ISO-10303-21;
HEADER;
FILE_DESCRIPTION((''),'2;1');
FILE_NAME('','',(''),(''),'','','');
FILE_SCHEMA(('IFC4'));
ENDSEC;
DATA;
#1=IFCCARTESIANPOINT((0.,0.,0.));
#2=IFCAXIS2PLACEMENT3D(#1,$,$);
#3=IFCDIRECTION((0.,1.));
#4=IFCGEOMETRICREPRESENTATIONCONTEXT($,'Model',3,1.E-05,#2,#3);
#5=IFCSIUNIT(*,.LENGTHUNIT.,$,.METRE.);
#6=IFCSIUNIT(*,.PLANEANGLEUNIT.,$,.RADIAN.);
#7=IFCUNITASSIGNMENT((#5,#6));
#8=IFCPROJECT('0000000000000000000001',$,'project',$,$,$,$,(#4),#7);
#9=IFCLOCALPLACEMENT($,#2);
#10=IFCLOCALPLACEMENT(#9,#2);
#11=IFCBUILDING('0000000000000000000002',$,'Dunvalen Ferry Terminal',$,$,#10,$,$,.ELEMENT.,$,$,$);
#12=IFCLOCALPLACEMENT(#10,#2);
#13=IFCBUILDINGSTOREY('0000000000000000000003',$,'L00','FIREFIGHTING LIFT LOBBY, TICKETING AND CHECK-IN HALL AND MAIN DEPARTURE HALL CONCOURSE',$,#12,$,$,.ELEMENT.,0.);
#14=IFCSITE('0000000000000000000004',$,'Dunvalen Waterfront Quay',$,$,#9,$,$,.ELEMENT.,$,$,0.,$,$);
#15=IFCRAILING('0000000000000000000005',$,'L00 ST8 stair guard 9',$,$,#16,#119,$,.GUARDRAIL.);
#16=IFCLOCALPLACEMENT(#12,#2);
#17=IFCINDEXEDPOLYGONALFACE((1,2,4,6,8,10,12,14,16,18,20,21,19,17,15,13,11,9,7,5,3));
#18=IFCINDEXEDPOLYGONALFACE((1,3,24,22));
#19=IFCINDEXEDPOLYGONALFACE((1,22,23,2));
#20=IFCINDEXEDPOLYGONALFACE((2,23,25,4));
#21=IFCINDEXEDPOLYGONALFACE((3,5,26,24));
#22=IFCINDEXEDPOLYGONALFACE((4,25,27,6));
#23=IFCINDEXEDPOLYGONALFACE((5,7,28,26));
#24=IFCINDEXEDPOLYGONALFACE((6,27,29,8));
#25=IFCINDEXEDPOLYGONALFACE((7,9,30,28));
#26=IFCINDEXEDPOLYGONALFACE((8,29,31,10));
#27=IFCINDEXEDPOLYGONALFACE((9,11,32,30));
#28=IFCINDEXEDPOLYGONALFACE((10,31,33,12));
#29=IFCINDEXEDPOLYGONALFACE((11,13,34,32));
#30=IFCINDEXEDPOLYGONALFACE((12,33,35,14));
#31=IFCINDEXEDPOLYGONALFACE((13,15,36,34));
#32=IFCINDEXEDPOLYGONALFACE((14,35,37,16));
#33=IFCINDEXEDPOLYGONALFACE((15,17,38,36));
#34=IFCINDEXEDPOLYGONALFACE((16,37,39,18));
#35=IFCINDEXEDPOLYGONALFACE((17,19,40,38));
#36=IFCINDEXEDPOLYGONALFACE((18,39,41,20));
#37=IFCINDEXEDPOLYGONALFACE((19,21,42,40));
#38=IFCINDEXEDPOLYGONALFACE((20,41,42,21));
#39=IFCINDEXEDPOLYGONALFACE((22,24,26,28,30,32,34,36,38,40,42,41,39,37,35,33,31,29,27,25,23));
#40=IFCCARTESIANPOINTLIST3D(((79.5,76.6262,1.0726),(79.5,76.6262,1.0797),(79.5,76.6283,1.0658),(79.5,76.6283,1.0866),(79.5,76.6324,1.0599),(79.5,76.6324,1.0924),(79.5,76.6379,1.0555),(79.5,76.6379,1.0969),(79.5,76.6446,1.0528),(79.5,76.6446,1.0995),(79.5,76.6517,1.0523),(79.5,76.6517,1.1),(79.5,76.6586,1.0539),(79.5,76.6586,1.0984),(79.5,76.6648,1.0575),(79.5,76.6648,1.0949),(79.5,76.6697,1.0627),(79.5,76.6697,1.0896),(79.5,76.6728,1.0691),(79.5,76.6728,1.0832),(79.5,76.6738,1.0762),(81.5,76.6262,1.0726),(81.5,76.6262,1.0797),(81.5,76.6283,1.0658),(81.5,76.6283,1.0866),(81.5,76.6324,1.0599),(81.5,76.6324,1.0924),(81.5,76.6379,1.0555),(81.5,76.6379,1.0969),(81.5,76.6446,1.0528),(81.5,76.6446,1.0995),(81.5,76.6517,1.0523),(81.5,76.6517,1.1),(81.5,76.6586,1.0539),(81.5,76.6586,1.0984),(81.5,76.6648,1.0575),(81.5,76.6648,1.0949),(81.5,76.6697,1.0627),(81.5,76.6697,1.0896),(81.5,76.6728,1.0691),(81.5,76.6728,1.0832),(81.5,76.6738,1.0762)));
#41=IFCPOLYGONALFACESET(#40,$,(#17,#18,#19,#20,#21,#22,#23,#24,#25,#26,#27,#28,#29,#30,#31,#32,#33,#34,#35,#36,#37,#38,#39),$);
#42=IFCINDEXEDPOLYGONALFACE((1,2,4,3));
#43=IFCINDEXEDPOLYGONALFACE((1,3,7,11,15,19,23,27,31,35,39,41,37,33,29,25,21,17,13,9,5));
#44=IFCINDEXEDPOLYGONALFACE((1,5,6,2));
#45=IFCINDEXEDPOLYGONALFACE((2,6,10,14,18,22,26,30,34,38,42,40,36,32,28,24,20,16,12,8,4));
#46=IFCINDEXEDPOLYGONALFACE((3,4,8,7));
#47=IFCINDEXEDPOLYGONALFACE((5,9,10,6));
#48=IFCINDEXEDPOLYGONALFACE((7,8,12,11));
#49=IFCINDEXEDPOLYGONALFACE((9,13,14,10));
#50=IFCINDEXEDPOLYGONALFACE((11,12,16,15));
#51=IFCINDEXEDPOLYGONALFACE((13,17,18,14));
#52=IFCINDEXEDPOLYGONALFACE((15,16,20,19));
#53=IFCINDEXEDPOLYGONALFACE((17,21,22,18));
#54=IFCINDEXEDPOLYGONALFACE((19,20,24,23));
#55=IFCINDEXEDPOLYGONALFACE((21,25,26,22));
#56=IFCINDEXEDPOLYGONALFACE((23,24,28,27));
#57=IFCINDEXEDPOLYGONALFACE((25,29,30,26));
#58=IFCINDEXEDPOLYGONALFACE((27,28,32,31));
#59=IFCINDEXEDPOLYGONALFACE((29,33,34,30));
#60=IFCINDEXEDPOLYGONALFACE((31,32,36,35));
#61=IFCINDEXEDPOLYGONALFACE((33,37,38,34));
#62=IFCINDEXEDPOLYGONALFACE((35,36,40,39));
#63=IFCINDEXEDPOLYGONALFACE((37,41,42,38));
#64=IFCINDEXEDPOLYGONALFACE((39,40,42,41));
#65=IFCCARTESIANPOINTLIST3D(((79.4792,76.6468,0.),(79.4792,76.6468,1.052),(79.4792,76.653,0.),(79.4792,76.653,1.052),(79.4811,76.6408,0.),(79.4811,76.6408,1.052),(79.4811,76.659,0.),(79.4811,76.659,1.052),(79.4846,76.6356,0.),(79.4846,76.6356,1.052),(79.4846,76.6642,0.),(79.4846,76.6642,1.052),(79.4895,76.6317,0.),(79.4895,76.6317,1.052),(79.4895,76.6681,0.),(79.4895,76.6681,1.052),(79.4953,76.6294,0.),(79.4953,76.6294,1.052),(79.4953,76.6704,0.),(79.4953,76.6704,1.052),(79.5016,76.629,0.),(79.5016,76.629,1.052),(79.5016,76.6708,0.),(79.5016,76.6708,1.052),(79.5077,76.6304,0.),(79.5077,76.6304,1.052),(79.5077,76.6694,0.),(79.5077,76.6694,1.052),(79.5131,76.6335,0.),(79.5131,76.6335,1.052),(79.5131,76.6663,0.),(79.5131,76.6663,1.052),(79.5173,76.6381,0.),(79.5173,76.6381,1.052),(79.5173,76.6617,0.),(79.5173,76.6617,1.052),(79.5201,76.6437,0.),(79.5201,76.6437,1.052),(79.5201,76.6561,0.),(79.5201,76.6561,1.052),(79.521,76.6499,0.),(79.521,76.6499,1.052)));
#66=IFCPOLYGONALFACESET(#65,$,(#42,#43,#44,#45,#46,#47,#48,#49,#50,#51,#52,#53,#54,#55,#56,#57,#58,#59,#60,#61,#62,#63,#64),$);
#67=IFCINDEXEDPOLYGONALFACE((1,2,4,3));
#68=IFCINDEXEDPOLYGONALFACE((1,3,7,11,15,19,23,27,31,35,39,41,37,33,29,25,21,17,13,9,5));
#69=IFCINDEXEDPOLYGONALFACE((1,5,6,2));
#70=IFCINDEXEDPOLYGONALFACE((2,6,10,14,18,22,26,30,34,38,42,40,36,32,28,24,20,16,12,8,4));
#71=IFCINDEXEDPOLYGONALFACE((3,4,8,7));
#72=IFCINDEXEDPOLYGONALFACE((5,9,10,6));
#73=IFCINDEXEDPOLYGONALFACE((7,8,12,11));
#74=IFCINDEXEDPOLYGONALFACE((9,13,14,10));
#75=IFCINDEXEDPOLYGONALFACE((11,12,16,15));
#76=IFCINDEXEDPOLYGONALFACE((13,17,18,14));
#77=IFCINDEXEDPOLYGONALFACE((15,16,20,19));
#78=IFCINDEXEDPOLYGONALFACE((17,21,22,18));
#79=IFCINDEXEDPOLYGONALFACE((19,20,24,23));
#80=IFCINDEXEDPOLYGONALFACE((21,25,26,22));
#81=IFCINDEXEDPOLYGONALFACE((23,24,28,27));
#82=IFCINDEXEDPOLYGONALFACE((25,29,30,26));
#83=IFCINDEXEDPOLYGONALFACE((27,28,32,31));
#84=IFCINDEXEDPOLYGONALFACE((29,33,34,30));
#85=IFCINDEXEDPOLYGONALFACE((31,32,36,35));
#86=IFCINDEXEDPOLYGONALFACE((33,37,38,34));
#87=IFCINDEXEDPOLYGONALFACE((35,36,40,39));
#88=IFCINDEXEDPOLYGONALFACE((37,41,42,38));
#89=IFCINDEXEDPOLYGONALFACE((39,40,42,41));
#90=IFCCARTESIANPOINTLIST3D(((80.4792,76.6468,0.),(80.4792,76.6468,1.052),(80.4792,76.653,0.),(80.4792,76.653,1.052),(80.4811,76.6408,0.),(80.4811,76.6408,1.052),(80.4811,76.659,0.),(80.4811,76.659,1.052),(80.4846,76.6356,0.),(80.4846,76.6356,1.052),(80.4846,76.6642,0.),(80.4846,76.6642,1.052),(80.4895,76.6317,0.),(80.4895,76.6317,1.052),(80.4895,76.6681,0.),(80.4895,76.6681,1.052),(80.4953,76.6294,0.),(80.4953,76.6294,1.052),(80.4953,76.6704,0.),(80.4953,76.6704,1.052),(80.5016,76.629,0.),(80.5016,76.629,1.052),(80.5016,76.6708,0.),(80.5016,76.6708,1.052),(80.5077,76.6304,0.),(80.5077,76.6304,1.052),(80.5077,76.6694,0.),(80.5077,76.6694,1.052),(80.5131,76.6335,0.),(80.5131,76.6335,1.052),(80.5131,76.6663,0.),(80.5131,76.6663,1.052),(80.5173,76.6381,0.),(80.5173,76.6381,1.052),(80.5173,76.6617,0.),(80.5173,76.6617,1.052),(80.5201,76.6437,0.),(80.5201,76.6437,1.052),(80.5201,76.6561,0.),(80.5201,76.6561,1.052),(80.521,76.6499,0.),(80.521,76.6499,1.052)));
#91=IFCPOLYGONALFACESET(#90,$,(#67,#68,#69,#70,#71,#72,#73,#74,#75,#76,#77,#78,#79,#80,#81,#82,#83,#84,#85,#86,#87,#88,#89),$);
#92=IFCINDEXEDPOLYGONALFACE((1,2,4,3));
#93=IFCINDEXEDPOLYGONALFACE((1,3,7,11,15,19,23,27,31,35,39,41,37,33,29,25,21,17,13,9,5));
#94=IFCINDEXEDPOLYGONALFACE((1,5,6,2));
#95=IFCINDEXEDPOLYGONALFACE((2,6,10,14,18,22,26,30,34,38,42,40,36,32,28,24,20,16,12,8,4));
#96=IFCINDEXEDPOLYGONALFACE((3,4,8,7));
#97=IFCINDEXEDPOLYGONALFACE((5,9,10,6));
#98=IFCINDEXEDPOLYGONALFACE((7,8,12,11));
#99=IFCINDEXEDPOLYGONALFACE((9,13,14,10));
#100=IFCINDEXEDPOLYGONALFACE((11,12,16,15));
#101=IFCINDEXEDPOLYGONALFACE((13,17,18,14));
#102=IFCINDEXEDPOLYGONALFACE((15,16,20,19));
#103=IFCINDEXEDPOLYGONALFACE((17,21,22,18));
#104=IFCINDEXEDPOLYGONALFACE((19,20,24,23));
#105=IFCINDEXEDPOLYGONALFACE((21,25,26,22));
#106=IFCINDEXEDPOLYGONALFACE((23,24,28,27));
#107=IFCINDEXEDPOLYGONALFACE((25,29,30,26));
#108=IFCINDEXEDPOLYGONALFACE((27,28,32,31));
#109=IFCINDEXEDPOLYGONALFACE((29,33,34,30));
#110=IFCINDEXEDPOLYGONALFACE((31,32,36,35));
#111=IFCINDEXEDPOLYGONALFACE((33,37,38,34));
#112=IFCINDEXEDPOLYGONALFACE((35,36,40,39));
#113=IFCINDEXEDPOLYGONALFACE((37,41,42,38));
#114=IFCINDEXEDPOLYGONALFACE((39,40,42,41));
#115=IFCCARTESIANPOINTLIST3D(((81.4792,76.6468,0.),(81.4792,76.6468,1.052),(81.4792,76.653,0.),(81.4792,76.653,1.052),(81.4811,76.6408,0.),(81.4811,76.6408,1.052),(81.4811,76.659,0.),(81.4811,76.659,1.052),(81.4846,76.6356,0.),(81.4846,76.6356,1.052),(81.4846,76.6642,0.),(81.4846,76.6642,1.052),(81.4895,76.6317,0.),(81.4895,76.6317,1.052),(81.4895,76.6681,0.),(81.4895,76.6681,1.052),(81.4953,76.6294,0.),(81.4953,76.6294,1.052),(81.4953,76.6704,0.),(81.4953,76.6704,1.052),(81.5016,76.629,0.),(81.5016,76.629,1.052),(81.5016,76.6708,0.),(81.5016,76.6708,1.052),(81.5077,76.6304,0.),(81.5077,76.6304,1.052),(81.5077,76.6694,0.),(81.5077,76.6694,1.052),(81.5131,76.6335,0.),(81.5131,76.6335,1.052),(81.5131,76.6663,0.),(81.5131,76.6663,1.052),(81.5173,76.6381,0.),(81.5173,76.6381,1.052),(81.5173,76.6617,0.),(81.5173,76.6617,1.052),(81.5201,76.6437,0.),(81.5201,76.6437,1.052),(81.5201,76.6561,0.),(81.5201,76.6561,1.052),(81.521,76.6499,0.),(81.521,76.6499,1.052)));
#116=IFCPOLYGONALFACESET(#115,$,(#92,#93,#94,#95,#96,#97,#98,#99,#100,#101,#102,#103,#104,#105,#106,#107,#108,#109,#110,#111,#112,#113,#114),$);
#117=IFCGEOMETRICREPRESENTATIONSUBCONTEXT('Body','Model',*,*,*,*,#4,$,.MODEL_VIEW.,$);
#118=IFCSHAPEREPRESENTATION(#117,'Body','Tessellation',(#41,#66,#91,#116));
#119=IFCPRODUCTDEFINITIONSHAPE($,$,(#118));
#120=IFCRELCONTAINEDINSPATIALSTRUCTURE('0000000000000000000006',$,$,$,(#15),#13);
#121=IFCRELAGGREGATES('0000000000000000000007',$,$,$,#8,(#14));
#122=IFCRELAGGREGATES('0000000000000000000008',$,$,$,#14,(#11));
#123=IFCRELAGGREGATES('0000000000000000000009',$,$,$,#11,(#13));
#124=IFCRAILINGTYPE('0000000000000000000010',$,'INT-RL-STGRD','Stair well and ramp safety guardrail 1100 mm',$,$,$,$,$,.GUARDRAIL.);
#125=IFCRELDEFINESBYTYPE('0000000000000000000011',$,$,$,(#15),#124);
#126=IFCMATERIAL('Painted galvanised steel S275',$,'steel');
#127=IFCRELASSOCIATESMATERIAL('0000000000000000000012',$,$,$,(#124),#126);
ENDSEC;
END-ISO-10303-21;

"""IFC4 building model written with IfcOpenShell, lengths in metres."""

from ifc_helpers import new_model, si_unit, direction, frame, origin, origin_2d, place, context, subcontext, project, spatial, circle, extrude, material, type_object, element, save


model = new_model("IFC4")

# Units and contexts
model_context = context("Model", 3, precision=1e-05, world=origin(), true_north=direction((0.0, 1.0)))
body_context = subcontext(model_context, "Body", "Model", "MODEL_VIEW")
ifc_project = project(units=[si_unit("LENGTHUNIT", "METRE"), si_unit("PLANEANGLEUNIT", "RADIAN")], contexts=[model_context])

# Site, building, storey
site_placement = place(None, origin())
site = spatial("IfcSite", under=ifc_project, at=site_placement, Name="Dunvalen Waterfront Quay", CompositionType="ELEMENT", RefElevation=0.0)
building_placement = place(site_placement, origin())
building = spatial("IfcBuilding", under=site, at=building_placement, Name="Dunvalen Ferry Terminal", CompositionType="ELEMENT")
storey_placement = place(building_placement, origin())
storey = spatial("IfcBuildingStorey", under=building, at=storey_placement, Name="L00", Description="FIREFIGHTING LIFT LOBBY, TICKETING AND CHECK-IN HALL AND MAIN DEPARTURE HALL CONCOURSE", CompositionType="ELEMENT", Elevation=0.0)

# Railing
ifc_material_1 = material(Name="Painted galvanised steel S275", Category="steel")
railing_type_1 = type_object("IfcRailingType", Name="INT-RL-STGRD", Description="Stair well and ramp safety guardrail 1100 mm", PredefinedType="GUARDRAIL", material=ifc_material_1)
for number, where, name in (
    (1, (79.5, 76.6499, 0.0), "L00 ST8 stair guard 9"),
):
    element("IfcRailing", number, at=place(storey_placement, frame(where)), inside=storey, type_object=railing_type_1, Name=name, PredefinedType="GUARDRAIL", context=body_context, shape_type="SweptSolid", body=[
        extrude(circle(Radius=0.0239, at=origin_2d()), frame((0.0, 0.0, 1.0762), z_axis=(1.0, 0.0, 0.0), x_axis=(0.0, 1.0, 0.0)), (0.0, 0.0, 1.0), 2.0),
        extrude(circle(Radius=0.021, at=origin_2d()), origin(), (0.0, 0.0, 1.0), 1.052),
        extrude(circle(Radius=0.021, at=origin_2d()), frame((1.0, 0.0, 0.0)), (0.0, 0.0, 1.0), 1.052),
        extrude(circle(Radius=0.021, at=origin_2d()), frame((2.0, 0.0, 0.0)), (0.0, 0.0, 1.0), 1.052),
    ])

save(model, "model.ifc")
